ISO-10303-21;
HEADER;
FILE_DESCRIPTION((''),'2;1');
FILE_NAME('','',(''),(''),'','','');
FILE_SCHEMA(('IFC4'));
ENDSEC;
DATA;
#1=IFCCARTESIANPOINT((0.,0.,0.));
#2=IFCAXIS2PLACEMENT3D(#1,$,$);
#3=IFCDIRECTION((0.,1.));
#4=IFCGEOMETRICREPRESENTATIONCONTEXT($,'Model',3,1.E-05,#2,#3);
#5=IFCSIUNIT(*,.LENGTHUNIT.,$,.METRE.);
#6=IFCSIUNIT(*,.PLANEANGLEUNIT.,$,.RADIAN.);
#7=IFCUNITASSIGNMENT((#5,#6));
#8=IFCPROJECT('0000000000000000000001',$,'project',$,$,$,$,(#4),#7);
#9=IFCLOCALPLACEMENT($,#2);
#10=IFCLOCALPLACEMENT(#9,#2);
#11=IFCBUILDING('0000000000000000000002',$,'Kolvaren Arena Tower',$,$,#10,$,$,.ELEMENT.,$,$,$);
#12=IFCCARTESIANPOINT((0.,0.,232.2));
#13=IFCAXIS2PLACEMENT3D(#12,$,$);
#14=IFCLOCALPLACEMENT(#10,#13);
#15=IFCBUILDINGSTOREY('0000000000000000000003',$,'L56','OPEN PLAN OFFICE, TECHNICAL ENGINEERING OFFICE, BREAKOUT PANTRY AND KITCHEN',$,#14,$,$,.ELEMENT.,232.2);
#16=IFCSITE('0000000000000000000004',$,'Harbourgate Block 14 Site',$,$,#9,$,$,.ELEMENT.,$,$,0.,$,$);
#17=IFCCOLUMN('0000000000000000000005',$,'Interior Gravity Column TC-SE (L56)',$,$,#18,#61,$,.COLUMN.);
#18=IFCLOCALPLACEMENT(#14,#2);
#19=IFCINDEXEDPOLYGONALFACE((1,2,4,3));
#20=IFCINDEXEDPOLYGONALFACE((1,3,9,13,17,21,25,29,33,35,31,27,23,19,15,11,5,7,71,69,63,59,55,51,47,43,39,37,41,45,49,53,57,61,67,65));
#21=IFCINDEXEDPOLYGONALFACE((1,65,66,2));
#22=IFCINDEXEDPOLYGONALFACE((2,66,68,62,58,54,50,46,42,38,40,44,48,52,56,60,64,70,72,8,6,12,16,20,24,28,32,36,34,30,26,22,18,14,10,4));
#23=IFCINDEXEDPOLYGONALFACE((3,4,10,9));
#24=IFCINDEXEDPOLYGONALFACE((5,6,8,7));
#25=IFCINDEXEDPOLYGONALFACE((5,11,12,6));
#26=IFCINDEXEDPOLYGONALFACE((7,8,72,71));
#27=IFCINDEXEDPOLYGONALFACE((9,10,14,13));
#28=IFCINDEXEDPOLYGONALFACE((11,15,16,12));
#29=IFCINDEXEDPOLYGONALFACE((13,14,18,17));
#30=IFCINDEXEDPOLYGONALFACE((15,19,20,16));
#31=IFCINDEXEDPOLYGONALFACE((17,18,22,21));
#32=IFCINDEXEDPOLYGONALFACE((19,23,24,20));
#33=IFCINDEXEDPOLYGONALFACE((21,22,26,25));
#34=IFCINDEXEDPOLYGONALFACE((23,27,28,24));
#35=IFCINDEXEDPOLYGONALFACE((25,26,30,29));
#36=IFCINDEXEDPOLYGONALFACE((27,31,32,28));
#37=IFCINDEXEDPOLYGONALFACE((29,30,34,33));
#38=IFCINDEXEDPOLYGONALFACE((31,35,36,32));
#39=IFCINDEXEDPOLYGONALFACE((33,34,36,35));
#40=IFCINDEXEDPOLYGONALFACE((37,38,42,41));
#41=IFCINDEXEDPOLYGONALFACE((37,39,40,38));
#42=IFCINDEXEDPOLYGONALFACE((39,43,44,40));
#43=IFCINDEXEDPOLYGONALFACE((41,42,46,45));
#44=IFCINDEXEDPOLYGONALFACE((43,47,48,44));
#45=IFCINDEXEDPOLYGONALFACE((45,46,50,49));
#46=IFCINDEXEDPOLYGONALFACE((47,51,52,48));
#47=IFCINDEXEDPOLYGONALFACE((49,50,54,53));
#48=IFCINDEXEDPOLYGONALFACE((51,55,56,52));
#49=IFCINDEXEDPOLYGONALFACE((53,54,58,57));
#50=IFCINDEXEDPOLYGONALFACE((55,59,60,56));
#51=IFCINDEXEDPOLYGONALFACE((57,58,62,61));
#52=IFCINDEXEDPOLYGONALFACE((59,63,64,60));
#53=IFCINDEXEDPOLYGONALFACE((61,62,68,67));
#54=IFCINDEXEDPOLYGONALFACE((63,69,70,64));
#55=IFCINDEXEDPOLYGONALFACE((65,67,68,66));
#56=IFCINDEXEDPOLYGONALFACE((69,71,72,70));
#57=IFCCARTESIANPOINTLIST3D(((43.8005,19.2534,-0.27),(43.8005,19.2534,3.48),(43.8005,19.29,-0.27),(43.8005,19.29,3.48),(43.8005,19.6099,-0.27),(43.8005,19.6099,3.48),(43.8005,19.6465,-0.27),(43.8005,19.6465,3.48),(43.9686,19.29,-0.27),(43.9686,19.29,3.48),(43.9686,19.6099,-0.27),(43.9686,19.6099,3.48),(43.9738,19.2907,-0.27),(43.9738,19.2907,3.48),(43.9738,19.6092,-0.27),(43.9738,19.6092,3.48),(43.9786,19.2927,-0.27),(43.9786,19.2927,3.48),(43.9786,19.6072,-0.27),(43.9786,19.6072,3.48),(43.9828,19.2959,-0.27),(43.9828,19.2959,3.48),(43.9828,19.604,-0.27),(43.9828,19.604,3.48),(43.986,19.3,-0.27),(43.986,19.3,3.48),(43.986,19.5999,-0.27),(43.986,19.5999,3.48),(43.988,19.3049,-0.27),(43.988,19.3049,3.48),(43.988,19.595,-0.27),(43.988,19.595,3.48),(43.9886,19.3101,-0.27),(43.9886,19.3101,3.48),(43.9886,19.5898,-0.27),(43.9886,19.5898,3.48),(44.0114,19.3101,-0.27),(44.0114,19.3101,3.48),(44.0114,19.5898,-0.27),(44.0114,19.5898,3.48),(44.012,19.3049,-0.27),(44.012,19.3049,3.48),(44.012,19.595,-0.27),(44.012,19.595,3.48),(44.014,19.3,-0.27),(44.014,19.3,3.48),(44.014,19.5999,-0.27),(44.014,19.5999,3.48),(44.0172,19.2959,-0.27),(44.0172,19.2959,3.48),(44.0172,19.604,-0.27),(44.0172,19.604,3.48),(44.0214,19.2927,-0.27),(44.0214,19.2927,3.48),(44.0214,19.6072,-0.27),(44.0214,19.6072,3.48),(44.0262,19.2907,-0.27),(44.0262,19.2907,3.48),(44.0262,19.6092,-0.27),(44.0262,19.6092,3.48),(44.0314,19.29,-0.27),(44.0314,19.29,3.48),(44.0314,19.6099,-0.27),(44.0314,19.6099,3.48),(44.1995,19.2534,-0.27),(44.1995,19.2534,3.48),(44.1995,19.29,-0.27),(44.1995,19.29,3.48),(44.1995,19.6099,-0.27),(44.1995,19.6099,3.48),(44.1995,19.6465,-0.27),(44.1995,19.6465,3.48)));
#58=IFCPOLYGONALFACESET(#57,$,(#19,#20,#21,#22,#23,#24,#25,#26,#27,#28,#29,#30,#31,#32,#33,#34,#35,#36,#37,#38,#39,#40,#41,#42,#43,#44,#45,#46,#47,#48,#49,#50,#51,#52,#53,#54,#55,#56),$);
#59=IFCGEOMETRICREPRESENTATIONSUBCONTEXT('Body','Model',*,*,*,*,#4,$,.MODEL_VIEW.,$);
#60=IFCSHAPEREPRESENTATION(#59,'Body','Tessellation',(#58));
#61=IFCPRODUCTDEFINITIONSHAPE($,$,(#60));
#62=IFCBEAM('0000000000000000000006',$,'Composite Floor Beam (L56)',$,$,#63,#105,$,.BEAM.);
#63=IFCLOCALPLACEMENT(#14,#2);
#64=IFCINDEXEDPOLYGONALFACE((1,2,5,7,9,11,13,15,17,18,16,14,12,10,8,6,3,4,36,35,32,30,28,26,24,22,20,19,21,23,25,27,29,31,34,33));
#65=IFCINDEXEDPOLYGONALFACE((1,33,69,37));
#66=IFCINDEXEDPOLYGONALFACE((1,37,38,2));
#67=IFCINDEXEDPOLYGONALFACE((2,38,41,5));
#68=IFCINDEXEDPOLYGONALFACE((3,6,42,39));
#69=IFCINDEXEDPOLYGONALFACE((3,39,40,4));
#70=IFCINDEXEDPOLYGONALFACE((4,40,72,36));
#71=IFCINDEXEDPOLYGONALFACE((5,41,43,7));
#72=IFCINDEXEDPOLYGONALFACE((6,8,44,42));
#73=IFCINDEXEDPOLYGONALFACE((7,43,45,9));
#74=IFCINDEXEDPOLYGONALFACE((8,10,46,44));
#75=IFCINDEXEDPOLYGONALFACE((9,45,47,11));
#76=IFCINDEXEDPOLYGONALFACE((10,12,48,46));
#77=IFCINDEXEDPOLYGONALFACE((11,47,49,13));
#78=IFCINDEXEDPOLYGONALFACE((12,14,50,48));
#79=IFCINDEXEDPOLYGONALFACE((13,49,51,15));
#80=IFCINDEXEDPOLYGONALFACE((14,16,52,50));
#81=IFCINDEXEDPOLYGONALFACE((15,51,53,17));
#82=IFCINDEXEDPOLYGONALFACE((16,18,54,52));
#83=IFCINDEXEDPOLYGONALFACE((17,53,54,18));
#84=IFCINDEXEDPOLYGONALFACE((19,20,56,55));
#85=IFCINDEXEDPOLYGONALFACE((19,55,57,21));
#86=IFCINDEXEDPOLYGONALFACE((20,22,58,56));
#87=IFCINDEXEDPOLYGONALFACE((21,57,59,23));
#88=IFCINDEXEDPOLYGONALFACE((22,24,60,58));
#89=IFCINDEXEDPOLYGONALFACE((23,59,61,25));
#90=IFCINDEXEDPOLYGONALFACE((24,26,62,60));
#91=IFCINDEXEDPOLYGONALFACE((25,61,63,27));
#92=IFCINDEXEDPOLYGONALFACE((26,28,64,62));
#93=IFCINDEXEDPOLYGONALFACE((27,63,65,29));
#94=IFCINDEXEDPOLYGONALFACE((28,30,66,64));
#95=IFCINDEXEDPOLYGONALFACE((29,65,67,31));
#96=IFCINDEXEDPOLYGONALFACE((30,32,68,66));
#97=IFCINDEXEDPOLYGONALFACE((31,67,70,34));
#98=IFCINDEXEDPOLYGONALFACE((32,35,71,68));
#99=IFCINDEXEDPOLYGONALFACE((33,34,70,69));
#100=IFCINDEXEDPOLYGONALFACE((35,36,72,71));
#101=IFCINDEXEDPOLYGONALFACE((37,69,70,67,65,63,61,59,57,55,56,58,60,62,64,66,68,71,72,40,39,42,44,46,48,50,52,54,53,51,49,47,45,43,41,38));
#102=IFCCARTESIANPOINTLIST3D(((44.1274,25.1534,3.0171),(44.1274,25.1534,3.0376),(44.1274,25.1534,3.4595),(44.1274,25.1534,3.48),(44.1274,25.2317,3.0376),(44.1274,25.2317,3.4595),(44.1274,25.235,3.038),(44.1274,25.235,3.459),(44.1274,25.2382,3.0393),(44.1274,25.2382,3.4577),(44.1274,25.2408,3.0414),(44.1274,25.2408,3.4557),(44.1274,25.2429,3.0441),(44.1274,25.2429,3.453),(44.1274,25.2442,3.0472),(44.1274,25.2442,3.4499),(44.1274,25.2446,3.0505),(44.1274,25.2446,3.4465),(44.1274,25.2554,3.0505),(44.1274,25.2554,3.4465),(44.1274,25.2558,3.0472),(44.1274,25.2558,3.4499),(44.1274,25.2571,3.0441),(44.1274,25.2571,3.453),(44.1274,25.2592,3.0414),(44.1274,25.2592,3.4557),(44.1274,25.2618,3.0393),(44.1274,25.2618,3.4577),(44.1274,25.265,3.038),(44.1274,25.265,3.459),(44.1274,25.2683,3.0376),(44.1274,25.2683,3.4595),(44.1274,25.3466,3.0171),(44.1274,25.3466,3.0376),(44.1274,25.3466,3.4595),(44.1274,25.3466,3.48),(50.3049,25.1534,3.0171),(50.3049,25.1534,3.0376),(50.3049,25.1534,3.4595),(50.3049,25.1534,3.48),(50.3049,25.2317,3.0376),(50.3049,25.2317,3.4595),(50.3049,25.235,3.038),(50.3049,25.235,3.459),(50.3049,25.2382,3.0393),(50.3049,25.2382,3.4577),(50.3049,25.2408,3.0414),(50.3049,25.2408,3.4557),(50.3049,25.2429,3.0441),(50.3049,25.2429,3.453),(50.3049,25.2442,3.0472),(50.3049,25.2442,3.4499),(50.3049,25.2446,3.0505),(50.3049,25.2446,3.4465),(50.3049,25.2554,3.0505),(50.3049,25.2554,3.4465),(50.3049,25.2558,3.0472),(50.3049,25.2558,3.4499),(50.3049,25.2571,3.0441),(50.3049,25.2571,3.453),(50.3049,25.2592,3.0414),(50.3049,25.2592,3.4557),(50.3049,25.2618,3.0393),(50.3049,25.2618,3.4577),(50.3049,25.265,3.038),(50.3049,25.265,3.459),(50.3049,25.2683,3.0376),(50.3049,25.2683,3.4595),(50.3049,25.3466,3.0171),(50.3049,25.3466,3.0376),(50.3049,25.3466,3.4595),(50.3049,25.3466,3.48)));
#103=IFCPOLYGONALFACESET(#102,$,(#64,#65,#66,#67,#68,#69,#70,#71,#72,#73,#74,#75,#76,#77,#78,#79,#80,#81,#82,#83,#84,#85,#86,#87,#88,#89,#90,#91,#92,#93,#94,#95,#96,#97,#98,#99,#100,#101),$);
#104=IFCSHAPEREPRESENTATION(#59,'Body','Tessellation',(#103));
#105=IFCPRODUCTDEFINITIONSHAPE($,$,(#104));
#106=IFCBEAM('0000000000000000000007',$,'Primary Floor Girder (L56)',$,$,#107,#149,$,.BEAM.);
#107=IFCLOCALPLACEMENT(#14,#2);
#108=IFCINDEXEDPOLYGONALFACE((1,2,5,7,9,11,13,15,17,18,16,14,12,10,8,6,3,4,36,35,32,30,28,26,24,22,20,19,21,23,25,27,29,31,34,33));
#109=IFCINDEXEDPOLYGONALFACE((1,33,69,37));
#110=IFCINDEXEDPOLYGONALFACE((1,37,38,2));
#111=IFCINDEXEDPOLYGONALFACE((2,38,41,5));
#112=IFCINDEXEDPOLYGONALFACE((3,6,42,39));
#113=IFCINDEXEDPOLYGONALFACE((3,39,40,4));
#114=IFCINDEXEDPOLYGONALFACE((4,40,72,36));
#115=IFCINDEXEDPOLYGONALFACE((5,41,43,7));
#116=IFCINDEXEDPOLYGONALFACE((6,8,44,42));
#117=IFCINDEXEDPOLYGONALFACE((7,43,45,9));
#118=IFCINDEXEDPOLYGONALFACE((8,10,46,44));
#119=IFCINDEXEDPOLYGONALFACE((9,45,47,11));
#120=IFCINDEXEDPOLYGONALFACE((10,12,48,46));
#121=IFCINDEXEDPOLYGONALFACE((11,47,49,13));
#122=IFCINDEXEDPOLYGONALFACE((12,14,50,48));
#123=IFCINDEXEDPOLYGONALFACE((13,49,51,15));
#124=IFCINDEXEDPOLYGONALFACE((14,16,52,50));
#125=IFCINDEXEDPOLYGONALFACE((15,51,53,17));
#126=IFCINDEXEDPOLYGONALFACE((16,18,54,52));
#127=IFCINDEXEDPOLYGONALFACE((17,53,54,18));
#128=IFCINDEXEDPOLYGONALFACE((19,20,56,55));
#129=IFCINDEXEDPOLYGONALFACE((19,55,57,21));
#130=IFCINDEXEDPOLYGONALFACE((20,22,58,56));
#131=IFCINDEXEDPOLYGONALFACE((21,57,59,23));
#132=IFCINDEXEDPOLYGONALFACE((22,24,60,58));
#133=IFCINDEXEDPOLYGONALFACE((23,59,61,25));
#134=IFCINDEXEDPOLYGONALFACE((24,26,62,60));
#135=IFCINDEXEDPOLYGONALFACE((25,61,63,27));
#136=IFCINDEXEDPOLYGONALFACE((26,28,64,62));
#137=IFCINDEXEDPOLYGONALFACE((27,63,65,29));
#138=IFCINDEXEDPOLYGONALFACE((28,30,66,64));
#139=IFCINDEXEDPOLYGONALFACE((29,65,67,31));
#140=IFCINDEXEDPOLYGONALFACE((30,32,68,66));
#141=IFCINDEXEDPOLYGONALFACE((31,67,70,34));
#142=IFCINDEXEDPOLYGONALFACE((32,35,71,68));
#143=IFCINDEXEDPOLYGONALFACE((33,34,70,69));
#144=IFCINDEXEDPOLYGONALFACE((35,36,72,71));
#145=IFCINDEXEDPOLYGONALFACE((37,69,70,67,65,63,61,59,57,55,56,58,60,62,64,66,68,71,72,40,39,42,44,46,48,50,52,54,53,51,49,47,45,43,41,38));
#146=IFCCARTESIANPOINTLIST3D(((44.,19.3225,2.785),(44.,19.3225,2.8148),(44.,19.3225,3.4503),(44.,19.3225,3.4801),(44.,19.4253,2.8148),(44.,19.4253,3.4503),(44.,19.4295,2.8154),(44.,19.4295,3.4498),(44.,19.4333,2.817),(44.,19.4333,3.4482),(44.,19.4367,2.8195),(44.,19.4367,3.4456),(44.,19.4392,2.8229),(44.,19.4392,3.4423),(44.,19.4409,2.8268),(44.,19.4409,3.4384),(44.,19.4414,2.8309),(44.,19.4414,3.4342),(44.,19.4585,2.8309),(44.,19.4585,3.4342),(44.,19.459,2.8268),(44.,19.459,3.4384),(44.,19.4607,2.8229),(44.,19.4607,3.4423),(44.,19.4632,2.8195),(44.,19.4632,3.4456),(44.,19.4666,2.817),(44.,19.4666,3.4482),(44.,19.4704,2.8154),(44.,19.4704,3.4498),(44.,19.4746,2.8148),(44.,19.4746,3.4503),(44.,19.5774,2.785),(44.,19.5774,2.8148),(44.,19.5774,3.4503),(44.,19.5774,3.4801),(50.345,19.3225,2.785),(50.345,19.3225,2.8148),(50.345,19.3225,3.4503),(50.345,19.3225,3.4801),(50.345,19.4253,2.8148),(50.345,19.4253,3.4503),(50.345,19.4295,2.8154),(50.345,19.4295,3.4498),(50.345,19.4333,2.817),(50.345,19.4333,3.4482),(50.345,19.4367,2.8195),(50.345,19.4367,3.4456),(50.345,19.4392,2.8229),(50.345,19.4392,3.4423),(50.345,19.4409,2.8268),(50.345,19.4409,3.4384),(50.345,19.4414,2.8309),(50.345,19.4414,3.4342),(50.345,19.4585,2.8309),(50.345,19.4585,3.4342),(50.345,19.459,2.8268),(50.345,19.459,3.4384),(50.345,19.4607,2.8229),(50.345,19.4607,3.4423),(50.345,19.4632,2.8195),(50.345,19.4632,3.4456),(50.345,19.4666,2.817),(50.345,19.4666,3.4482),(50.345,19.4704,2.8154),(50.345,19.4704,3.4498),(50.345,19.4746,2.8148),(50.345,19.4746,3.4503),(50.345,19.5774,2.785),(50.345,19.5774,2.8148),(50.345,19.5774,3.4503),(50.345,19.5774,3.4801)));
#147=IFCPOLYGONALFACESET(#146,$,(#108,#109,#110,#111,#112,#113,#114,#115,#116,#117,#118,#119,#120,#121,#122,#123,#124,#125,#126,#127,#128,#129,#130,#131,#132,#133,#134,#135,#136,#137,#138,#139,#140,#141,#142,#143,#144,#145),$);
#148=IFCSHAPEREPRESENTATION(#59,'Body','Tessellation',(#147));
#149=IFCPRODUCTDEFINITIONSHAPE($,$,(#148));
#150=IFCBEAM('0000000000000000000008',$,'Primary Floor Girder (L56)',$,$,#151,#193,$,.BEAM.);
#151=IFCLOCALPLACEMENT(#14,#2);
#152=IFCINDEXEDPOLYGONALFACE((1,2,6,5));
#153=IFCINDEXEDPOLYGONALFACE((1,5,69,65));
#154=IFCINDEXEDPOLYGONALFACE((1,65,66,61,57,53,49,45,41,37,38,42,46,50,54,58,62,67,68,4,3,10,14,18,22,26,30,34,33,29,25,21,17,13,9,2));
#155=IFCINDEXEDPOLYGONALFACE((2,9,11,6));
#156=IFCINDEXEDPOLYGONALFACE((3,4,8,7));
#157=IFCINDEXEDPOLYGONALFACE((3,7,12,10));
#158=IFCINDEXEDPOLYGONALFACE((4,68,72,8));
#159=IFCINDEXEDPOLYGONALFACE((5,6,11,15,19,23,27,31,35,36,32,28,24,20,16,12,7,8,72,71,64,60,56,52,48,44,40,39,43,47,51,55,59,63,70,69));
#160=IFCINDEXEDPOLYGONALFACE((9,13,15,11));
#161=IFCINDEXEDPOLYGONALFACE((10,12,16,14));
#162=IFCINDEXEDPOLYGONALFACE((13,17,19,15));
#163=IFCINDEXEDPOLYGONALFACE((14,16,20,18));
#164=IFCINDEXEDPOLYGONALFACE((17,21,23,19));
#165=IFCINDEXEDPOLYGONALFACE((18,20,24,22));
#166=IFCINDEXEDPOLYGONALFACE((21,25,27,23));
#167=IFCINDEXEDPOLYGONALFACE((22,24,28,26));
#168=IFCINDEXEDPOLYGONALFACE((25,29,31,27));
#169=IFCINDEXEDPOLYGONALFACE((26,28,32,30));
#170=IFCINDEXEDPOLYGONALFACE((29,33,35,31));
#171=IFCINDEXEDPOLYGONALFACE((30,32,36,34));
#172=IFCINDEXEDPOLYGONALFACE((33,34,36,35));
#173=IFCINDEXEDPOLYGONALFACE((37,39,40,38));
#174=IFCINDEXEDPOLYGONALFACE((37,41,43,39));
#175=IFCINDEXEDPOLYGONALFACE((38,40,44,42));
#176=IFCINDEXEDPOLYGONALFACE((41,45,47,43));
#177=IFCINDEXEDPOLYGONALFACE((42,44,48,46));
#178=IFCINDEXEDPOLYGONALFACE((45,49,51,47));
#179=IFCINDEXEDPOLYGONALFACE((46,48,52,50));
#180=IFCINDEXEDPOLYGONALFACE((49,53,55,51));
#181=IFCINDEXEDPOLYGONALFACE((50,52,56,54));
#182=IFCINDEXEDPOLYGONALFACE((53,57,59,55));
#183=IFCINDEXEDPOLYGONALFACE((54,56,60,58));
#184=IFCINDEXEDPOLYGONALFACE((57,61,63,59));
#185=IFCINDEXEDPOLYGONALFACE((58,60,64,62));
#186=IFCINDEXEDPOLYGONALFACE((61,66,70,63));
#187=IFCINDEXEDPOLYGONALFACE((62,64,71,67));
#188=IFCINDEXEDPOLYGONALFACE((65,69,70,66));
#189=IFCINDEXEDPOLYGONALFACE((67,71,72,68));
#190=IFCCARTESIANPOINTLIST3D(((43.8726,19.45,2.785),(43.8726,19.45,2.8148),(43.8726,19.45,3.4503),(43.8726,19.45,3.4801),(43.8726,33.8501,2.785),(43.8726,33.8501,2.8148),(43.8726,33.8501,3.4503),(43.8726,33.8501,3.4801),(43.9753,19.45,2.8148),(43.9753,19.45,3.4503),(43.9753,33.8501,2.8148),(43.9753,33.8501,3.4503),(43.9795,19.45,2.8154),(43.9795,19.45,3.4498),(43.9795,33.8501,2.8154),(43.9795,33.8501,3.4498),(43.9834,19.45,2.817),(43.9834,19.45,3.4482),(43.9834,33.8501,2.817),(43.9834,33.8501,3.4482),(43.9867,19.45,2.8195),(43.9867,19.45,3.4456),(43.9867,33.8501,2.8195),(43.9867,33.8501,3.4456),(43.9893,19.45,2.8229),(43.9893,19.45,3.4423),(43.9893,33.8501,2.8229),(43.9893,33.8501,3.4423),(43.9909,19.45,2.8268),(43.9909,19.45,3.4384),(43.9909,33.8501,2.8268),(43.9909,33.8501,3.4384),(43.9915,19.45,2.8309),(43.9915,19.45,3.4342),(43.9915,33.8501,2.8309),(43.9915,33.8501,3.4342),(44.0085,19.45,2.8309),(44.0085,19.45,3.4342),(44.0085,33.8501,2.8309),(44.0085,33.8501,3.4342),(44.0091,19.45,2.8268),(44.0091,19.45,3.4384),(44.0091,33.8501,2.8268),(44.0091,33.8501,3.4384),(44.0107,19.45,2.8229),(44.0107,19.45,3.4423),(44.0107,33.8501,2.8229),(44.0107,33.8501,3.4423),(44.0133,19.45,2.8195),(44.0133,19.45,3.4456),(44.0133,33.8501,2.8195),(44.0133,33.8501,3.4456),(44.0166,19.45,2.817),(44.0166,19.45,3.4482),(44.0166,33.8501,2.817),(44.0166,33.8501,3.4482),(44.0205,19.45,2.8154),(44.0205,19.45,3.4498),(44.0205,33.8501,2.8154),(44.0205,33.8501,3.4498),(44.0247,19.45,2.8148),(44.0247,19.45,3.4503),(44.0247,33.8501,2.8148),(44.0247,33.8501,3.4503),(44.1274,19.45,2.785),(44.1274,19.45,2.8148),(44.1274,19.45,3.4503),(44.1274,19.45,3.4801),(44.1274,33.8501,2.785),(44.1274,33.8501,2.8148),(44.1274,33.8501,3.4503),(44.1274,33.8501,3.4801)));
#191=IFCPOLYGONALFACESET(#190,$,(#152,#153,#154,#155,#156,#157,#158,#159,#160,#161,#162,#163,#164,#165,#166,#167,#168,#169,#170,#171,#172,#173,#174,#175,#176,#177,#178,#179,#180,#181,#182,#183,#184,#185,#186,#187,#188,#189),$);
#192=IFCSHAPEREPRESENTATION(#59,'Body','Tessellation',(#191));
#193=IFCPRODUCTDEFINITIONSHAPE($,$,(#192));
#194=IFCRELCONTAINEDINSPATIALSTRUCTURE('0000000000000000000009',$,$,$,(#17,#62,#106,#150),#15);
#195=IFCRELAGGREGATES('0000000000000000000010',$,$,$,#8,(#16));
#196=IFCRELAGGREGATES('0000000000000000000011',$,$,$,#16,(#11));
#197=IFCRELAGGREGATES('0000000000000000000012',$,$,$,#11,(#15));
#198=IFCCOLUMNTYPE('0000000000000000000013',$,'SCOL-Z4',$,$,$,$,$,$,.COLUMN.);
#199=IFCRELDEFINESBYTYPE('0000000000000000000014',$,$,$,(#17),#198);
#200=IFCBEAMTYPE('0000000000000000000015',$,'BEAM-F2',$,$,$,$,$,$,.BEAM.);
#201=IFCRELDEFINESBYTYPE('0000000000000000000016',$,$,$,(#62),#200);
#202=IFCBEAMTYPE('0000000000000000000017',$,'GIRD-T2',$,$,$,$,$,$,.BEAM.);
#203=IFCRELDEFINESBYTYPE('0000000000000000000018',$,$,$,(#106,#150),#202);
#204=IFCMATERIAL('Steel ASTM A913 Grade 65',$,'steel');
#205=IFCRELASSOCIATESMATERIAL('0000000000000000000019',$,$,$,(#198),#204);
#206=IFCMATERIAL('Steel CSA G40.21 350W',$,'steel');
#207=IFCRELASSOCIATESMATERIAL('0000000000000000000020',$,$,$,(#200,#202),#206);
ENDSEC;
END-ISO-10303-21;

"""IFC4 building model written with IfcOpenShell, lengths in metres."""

from ifc_helpers import new_model, si_unit, direction, frame, origin, origin_2d, place, context, subcontext, project, spatial, i_section, extrude, material, material_profile, profile_set, type_object, element, save


model = new_model("IFC4")

# Units and contexts
model_context = context("Model", 3, precision=1e-05, world=origin(), true_north=direction((0.0, 1.0)))
body_context = subcontext(model_context, "Body", "Model", "MODEL_VIEW")
ifc_project = project(units=[si_unit("LENGTHUNIT", "METRE"), si_unit("PLANEANGLEUNIT", "RADIAN")], contexts=[model_context])

# Site, building, storey
site_placement = place(None, origin())
site = spatial("IfcSite", under=ifc_project, at=site_placement, Name="Harbourgate Block 14 Site", CompositionType="ELEMENT", RefElevation=0.0)
building_placement = place(site_placement, origin())
building = spatial("IfcBuilding", under=site, at=building_placement, Name="Kolvaren Arena Tower", CompositionType="ELEMENT")
storey_placement = place(building_placement, frame((0.0, 0.0, 232.2)))
storey = spatial("IfcBuildingStorey", under=building, at=storey_placement, Name="L56", Description="OPEN PLAN OFFICE, TECHNICAL ENGINEERING OFFICE, BREAKOUT PANTRY AND KITCHEN", CompositionType="ELEMENT", Elevation=232.2)

# Column
ifc_material_1 = material(Name="Steel ASTM A913 Grade 65", Category="steel")
ifc_material_profile_1 = material_profile(ifc_material_1, i_section(OverallWidth=0.3989, OverallDepth=0.3931, WebThickness=0.0227, FlangeThickness=0.0366, FilletRadius=0.02, at=origin_2d()), Name="W360x287")
ifc_profile_set_1 = profile_set([ifc_material_profile_1], Name="Steel ASTM A913 Grade 65")
column_type = type_object("IfcColumnType", Name="SCOL-Z4", PredefinedType="COLUMN", material=ifc_profile_set_1)
column_placement = place(storey_placement, frame((44.0, 19.45, -0.27), z_axis=(0.0, 0.0, 1.0), x_axis=(1.0, 0.0, 0.0)))
element("IfcColumn", 1, at=column_placement, inside=storey, type_object=column_type, Name="Interior Gravity Column TC-SE (L56)", PredefinedType="COLUMN", context=body_context, shape_type="SweptSolid", body=[
    extrude(i_section(OverallWidth=0.3989, OverallDepth=0.3931, WebThickness=0.0227, FlangeThickness=0.0366, FilletRadius=0.02, at=origin_2d()), origin(), (0.0, 0.0, 1.0), 3.75),
])

# Beams
ifc_material_2 = material(Name="Steel CSA G40.21 350W", Category="steel")
ifc_material_profile_2 = material_profile(ifc_material_2, i_section(OverallWidth=0.1931, OverallDepth=0.4629, WebThickness=0.0107, FlangeThickness=0.0205, FilletRadius=0.0129, at=origin_2d()), Name="W460x113")
ifc_profile_set_2 = profile_set([ifc_material_profile_2], Name="Steel CSA G40.21 350W")
beam_type_1 = type_object("IfcBeamType", Name="BEAM-F2", PredefinedType="BEAM", material=ifc_profile_set_2)
beam_1_placement = place(storey_placement, frame((44.1274, 25.25, 3.2485), z_axis=(1.0, 0.0, 0.0), x_axis=(0.0, 1.0, 0.0)))
element("IfcBeam", 2, at=beam_1_placement, inside=storey, type_object=beam_type_1, Name="Composite Floor Beam (L56)", PredefinedType="BEAM", context=body_context, shape_type="SweptSolid", body=[
    extrude(i_section(OverallWidth=0.1931, OverallDepth=0.4629, WebThickness=0.0107, FlangeThickness=0.0205, FilletRadius=0.0129, at=origin_2d()), origin(), (0.0, 0.0, 1.0), 6.1775),
])
ifc_material_profile_3 = material_profile(ifc_material_2, i_section(OverallWidth=0.2549, OverallDepth=0.6951, WebThickness=0.0171, FlangeThickness=0.0298, FilletRadius=0.0161, at=origin_2d()), Name="W690x217")
ifc_profile_set_3 = profile_set([ifc_material_profile_3], Name="Steel CSA G40.21 350W")
beam_type_2 = type_object("IfcBeamType", Name="GIRD-T2", PredefinedType="BEAM", material=ifc_profile_set_3)
beam_2_placement = place(storey_placement, frame((44.0, 19.45, 3.1326), z_axis=(1.0, 0.0, 0.0), x_axis=(0.0, 1.0, 0.0)))
element("IfcBeam", 3, at=beam_2_placement, inside=storey, type_object=beam_type_2, Name="Primary Floor Girder (L56)", PredefinedType="BEAM", context=body_context, shape_type="SweptSolid", body=[
    extrude(i_section(OverallWidth=0.2549, OverallDepth=0.6951, WebThickness=0.0171, FlangeThickness=0.0298, FilletRadius=0.0161, at=origin_2d()), origin(), (0.0, 0.0, 1.0), 6.345),
])
beam_3_placement = place(storey_placement, frame((44.0, 19.45, 3.1326), z_axis=(0.0, 1.0, 0.0), x_axis=(-1.0, 0.0, 0.0)))
element("IfcBeam", 4, at=beam_3_placement, inside=storey, type_object=beam_type_2, Name="Primary Floor Girder (L56)", PredefinedType="BEAM", context=body_context, shape_type="SweptSolid", body=[
    extrude(i_section(OverallWidth=0.2549, OverallDepth=0.6951, WebThickness=0.0171, FlangeThickness=0.0298, FilletRadius=0.0161, at=origin_2d()), origin(), (0.0, 0.0, 1.0), 14.4001),
])

save(model, "model.ifc")
